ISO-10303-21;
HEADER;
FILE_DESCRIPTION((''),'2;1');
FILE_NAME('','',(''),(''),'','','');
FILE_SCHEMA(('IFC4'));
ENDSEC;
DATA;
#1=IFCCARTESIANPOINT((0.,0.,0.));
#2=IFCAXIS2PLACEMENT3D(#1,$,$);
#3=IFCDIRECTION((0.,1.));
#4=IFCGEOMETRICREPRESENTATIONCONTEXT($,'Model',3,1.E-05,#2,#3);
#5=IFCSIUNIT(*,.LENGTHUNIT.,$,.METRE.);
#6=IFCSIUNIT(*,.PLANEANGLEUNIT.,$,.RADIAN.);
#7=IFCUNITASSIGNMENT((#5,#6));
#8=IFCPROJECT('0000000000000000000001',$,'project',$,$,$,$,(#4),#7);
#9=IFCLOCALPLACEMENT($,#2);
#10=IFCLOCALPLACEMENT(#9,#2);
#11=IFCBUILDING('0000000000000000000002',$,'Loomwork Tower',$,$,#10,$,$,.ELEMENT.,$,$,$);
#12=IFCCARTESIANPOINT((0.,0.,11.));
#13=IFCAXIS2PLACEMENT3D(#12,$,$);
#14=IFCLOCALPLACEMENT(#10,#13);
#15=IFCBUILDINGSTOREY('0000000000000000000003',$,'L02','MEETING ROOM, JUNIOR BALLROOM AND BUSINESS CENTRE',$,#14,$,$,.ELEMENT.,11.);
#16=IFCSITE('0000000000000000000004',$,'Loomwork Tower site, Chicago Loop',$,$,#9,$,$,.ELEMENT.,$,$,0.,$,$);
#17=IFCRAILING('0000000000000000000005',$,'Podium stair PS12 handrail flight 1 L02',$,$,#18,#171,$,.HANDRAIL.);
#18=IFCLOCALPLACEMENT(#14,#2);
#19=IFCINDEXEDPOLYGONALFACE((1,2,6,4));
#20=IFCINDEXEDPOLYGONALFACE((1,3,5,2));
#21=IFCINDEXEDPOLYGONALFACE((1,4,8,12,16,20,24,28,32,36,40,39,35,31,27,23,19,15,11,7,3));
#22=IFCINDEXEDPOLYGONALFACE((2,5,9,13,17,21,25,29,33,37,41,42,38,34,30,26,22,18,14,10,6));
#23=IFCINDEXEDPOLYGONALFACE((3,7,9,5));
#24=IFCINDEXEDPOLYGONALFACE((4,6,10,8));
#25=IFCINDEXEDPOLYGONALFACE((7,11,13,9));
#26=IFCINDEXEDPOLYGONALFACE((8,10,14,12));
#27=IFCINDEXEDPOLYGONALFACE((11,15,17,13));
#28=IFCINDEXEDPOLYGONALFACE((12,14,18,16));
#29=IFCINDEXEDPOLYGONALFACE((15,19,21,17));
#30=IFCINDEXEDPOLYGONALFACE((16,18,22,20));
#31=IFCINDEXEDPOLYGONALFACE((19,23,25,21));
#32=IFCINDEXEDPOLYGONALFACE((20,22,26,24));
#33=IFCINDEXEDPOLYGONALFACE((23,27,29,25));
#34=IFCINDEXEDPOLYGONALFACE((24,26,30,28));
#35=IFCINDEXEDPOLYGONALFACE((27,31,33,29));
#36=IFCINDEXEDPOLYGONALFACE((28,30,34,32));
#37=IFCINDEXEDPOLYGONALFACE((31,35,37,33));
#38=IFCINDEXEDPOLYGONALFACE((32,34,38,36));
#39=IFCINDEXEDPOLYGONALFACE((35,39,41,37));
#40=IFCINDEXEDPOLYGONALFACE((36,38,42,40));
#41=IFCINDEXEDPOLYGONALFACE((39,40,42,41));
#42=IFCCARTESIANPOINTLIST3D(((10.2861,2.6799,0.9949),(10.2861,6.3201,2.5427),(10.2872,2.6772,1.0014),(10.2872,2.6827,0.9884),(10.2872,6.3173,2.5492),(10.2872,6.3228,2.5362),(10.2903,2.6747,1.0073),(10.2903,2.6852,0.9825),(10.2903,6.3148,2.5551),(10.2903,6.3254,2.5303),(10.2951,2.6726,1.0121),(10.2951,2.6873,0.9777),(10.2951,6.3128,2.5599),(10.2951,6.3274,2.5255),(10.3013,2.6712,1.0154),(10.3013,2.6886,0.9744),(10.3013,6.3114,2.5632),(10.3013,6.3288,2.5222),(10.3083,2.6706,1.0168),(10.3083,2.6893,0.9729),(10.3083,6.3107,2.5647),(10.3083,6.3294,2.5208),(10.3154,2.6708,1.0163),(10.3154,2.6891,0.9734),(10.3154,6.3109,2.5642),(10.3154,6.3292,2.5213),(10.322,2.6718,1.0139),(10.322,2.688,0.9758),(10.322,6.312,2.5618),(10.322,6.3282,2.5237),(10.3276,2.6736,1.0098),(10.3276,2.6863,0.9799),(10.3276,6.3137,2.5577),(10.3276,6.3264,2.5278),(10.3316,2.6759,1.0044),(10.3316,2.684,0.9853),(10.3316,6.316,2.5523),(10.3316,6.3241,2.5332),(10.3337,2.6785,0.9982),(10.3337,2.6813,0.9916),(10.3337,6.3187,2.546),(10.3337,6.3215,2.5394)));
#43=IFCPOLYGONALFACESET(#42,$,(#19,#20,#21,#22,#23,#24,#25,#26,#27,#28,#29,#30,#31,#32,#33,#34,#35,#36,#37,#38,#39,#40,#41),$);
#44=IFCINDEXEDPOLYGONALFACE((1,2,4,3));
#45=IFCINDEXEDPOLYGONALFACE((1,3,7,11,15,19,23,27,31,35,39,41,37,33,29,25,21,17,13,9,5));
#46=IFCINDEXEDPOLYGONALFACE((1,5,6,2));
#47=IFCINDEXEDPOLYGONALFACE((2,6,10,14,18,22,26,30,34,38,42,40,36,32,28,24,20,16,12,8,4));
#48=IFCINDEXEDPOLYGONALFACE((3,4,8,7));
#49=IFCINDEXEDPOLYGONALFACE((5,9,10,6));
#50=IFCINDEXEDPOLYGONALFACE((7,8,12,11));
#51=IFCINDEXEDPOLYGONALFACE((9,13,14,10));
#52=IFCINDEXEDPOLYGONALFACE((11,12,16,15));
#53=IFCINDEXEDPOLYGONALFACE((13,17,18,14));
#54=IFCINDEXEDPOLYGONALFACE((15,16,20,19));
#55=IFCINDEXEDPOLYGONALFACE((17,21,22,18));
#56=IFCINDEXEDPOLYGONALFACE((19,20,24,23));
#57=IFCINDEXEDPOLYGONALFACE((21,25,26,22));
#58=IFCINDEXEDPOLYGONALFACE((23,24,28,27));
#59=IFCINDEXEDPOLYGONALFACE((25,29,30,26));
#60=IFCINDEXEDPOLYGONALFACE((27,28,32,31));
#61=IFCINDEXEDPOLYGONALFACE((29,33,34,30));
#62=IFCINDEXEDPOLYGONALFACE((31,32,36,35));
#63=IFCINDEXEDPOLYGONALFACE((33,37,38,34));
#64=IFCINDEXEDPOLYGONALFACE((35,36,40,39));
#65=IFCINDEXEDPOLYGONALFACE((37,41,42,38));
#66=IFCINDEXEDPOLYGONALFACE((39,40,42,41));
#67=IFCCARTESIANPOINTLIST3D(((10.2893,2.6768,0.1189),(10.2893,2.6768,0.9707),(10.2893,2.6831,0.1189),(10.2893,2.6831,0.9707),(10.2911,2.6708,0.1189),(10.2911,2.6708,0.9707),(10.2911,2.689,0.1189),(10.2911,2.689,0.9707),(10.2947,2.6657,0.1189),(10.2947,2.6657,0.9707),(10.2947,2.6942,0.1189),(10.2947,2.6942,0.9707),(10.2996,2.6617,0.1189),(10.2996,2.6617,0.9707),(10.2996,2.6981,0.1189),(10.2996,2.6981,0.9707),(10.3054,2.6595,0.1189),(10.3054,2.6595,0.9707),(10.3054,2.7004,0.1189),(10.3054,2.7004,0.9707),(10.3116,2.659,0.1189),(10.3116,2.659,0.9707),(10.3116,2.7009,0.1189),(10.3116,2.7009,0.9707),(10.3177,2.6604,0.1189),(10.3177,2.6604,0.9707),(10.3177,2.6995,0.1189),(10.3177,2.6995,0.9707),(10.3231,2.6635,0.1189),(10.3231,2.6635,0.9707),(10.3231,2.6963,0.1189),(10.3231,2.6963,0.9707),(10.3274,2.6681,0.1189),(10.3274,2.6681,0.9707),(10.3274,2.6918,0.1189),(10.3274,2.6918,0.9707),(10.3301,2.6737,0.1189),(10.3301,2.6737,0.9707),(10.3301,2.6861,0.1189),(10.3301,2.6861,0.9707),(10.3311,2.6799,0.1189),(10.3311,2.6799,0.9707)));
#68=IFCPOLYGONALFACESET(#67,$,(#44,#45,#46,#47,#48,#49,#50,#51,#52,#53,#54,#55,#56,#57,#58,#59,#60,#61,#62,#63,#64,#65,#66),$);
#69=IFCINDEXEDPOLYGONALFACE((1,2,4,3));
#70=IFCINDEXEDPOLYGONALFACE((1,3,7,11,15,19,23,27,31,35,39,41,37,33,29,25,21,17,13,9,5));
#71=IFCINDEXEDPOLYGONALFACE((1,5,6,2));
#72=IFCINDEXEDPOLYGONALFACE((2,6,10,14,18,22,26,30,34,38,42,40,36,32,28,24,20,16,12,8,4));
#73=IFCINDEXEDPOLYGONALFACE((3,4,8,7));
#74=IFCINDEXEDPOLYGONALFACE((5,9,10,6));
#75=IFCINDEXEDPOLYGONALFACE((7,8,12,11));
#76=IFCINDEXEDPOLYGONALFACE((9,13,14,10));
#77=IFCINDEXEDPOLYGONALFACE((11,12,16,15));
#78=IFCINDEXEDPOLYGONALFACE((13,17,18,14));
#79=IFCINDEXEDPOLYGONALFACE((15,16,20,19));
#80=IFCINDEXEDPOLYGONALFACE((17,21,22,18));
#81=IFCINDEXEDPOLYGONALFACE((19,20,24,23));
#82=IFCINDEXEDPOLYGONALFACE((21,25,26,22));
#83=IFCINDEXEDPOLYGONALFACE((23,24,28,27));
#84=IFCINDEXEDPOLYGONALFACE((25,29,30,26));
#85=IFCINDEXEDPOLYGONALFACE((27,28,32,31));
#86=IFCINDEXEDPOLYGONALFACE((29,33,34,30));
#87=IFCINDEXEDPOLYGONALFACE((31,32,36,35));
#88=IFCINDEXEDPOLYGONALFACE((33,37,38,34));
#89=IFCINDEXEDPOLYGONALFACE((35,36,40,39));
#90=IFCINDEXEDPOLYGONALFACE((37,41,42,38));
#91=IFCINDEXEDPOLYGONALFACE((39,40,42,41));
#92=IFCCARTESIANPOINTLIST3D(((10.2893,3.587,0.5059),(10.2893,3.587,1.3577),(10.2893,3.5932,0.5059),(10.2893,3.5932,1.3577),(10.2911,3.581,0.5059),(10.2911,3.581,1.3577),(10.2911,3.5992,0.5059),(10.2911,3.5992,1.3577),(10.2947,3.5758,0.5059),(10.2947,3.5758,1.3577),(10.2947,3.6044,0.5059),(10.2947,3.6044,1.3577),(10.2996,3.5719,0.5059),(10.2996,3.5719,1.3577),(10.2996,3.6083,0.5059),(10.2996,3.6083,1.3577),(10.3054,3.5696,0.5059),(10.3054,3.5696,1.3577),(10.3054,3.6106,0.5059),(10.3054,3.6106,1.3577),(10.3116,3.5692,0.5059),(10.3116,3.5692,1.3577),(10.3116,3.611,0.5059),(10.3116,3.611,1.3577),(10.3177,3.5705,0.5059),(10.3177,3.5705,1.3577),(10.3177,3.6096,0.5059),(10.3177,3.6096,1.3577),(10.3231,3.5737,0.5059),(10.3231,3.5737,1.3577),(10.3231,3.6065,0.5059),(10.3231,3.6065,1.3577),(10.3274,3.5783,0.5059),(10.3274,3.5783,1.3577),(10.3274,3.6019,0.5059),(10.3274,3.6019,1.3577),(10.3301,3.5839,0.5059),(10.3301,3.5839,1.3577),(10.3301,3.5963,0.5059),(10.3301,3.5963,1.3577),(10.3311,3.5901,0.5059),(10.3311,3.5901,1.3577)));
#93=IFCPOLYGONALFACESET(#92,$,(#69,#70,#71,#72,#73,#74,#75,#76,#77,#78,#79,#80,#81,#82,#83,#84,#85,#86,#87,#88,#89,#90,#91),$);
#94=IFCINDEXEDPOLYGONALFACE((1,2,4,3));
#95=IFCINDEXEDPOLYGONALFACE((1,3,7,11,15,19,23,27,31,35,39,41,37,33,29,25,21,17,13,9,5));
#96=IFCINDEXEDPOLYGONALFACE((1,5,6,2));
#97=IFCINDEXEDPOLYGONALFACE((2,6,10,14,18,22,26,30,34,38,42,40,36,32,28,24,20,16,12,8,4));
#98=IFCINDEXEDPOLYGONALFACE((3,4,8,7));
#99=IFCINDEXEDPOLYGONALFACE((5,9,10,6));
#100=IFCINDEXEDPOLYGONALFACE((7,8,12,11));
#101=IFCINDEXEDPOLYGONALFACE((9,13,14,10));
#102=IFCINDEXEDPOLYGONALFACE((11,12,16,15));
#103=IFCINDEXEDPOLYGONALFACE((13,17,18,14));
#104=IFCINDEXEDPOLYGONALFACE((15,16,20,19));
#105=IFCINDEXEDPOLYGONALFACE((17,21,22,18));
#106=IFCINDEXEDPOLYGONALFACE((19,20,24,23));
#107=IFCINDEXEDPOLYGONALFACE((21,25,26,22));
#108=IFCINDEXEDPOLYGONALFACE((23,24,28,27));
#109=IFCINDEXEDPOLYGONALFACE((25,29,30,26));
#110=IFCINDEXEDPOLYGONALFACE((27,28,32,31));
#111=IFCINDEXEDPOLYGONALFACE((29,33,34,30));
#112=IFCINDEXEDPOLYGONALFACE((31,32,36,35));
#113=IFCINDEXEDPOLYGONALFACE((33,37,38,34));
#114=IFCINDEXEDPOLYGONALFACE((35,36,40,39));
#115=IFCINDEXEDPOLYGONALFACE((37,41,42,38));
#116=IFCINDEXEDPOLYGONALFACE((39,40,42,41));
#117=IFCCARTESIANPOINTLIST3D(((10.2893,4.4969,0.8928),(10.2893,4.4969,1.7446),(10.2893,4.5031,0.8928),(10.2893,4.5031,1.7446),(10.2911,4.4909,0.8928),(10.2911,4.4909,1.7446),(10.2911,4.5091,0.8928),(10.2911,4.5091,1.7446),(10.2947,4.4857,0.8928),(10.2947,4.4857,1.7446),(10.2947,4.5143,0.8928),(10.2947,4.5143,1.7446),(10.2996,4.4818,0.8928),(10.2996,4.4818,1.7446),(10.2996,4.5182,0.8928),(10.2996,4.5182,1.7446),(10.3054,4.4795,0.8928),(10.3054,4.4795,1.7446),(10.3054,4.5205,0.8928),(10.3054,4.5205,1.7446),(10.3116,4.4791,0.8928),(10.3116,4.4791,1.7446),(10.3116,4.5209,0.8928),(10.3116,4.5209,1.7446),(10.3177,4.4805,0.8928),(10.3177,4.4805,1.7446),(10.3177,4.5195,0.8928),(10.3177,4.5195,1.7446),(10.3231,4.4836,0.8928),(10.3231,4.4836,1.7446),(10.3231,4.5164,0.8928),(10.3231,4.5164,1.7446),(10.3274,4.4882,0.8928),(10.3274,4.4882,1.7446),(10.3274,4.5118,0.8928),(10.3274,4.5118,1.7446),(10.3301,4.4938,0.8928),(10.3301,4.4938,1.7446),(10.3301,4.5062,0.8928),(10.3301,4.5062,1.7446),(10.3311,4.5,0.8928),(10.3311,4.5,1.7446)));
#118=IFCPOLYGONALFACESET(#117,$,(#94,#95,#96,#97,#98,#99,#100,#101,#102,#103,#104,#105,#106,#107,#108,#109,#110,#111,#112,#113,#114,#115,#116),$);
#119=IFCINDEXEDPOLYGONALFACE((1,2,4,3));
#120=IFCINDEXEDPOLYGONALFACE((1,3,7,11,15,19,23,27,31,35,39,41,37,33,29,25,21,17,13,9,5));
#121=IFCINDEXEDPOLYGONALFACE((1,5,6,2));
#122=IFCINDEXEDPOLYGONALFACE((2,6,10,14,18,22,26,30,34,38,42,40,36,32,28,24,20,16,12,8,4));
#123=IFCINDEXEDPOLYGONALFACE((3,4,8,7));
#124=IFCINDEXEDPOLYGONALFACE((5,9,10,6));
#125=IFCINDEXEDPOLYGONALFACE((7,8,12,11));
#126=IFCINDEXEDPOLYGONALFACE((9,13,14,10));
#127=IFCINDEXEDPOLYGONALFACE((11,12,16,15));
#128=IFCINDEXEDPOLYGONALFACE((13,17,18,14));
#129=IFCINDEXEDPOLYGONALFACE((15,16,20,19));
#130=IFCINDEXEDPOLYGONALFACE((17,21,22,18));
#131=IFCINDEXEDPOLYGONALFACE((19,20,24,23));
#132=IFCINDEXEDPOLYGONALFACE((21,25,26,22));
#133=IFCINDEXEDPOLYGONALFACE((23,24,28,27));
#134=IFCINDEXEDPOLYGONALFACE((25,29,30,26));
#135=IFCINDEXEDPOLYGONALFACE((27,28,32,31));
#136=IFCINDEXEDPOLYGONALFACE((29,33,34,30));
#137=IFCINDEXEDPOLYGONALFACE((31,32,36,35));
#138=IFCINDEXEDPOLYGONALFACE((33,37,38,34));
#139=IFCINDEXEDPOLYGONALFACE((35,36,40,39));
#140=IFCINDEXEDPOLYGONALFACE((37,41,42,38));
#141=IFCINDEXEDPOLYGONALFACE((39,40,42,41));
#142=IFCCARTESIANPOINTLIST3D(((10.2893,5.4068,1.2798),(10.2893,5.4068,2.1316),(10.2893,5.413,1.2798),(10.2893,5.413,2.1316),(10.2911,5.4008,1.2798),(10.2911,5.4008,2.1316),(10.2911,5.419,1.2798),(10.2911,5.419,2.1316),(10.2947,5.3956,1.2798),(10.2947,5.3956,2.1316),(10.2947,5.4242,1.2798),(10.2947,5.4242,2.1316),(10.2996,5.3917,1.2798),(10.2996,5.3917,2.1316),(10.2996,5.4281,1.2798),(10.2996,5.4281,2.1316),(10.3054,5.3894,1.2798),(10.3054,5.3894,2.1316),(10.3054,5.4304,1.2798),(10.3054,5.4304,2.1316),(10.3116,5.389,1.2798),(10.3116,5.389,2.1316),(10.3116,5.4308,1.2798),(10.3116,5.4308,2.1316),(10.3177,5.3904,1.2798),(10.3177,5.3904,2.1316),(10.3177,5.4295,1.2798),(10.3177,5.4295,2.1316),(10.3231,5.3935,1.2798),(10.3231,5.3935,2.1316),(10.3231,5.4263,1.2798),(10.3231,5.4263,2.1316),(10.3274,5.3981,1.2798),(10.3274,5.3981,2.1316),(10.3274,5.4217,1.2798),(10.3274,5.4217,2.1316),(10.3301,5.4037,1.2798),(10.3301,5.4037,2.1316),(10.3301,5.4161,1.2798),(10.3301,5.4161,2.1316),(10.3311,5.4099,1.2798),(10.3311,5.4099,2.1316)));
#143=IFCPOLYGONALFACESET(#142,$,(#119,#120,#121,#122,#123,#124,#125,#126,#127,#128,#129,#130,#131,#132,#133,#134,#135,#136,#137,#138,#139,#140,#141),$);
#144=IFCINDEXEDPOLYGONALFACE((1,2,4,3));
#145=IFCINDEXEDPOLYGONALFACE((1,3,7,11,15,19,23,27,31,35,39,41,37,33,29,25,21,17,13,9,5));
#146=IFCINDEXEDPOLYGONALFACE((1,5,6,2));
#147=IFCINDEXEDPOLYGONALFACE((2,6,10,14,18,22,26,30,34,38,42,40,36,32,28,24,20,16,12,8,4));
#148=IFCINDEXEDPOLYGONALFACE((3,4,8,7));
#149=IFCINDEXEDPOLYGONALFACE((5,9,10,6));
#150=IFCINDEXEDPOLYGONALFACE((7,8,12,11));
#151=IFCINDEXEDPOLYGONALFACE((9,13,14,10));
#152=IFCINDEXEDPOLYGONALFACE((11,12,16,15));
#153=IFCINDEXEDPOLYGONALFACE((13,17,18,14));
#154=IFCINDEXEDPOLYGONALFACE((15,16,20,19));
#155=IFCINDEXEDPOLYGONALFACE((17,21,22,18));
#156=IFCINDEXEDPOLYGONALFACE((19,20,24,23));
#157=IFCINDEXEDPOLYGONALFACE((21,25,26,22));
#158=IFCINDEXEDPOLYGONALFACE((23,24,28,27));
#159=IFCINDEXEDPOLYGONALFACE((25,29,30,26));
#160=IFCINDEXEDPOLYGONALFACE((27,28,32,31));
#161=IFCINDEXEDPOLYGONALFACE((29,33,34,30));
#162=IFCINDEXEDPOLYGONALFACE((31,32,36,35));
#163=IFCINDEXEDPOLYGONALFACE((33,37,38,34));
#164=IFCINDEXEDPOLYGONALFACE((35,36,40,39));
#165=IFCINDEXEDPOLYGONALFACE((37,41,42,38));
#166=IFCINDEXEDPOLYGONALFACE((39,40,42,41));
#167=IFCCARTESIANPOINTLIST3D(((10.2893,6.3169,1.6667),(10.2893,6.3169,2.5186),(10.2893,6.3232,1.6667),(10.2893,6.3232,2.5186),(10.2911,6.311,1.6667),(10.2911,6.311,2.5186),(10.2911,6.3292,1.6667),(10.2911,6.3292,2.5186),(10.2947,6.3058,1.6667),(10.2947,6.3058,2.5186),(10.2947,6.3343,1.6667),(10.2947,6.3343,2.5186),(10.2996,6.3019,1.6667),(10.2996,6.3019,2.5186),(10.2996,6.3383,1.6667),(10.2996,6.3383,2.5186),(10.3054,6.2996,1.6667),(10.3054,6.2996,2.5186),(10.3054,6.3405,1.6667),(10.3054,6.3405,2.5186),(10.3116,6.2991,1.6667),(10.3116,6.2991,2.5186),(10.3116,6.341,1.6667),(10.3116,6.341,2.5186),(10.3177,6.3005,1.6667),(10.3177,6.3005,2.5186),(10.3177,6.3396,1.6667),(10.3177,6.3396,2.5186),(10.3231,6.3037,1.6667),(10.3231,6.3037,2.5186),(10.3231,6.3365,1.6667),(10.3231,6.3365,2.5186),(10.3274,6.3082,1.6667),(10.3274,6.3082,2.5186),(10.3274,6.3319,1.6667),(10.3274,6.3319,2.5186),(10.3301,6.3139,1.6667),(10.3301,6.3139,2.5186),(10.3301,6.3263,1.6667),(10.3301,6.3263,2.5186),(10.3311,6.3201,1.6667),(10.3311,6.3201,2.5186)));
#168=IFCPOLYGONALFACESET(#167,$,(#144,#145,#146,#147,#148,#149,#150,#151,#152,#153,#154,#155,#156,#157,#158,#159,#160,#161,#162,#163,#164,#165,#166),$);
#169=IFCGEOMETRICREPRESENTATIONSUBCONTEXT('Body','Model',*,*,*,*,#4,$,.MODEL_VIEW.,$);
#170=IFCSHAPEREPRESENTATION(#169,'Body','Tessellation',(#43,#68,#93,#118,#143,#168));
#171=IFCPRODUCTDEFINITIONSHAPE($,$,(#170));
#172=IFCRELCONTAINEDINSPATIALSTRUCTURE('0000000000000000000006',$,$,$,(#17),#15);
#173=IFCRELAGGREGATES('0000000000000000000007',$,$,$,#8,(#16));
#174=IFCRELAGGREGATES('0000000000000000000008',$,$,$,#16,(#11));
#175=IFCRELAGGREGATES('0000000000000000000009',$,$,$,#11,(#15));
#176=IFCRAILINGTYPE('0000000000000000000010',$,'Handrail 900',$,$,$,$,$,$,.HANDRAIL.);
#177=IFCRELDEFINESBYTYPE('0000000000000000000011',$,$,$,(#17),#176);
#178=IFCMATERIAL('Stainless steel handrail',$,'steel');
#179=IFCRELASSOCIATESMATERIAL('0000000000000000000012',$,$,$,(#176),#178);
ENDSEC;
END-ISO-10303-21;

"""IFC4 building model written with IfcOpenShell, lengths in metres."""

from ifc_helpers import new_model, si_unit, direction, frame, origin, origin_2d, place, context, subcontext, project, spatial, circle, extrude, material, type_object, element, save


model = new_model("IFC4")

# Units and contexts
model_context = context("Model", 3, precision=1e-05, world=origin(), true_north=direction((0.0, 1.0)))
body_context = subcontext(model_context, "Body", "Model", "MODEL_VIEW")
ifc_project = project(units=[si_unit("LENGTHUNIT", "METRE"), si_unit("PLANEANGLEUNIT", "RADIAN")], contexts=[model_context])

# Site, building, storey
site_placement = place(None, origin())
site = spatial("IfcSite", under=ifc_project, at=site_placement, Name="Loomwork Tower site, Chicago Loop", CompositionType="ELEMENT", RefElevation=0.0)
building_placement = place(site_placement, origin())
building = spatial("IfcBuilding", under=site, at=building_placement, Name="Loomwork Tower", CompositionType="ELEMENT")
storey_placement = place(building_placement, frame((0.0, 0.0, 11.0)))
storey = spatial("IfcBuildingStorey", under=building, at=storey_placement, Name="L02", Description="MEETING ROOM, JUNIOR BALLROOM AND BUSINESS CENTRE", CompositionType="ELEMENT", Elevation=11.0)

# Railing
ifc_material_1 = material(Name="Stainless steel handrail", Category="steel")
railing_type = type_object("IfcRailingType", Name="Handrail 900", PredefinedType="HANDRAIL", material=ifc_material_1)
railing_1_placement = place(storey_placement, frame((10.3101, 2.6799, 0.1189)))
element("IfcRailing", 1, at=railing_1_placement, inside=storey, type_object=railing_type, Name="Podium stair PS12 handrail flight 1 L02", PredefinedType="HANDRAIL", context=body_context, shape_type="SweptSolid", body=[
    extrude(circle(Radius=0.0239, at=origin_2d()), frame((0.0, 0.0, 0.876), z_axis=(0.0, 0.920259, 0.391311), x_axis=(-1.0, 0.0, 0.0)), (0.0, 0.0, 1.0), 3.9556),
    extrude(circle(Radius=0.021, at=origin_2d()), origin(), (0.0, 0.0, 1.0), 0.8518),
    extrude(circle(Radius=0.021, at=origin_2d()), frame((0.0, 0.9102, 0.387)), (0.0, 0.0, 1.0), 0.8518),
    extrude(circle(Radius=0.021, at=origin_2d()), frame((0.0, 1.8201, 0.7739)), (0.0, 0.0, 1.0), 0.8518),
    extrude(circle(Radius=0.021, at=origin_2d()), frame((0.0, 2.73, 1.1609)), (0.0, 0.0, 1.0), 0.8518),
    extrude(circle(Radius=0.021, at=origin_2d()), frame((0.0, 3.6401, 1.5479)), (0.0, 0.0, 1.0), 0.8518),
])

save(model, "model.ifc")
